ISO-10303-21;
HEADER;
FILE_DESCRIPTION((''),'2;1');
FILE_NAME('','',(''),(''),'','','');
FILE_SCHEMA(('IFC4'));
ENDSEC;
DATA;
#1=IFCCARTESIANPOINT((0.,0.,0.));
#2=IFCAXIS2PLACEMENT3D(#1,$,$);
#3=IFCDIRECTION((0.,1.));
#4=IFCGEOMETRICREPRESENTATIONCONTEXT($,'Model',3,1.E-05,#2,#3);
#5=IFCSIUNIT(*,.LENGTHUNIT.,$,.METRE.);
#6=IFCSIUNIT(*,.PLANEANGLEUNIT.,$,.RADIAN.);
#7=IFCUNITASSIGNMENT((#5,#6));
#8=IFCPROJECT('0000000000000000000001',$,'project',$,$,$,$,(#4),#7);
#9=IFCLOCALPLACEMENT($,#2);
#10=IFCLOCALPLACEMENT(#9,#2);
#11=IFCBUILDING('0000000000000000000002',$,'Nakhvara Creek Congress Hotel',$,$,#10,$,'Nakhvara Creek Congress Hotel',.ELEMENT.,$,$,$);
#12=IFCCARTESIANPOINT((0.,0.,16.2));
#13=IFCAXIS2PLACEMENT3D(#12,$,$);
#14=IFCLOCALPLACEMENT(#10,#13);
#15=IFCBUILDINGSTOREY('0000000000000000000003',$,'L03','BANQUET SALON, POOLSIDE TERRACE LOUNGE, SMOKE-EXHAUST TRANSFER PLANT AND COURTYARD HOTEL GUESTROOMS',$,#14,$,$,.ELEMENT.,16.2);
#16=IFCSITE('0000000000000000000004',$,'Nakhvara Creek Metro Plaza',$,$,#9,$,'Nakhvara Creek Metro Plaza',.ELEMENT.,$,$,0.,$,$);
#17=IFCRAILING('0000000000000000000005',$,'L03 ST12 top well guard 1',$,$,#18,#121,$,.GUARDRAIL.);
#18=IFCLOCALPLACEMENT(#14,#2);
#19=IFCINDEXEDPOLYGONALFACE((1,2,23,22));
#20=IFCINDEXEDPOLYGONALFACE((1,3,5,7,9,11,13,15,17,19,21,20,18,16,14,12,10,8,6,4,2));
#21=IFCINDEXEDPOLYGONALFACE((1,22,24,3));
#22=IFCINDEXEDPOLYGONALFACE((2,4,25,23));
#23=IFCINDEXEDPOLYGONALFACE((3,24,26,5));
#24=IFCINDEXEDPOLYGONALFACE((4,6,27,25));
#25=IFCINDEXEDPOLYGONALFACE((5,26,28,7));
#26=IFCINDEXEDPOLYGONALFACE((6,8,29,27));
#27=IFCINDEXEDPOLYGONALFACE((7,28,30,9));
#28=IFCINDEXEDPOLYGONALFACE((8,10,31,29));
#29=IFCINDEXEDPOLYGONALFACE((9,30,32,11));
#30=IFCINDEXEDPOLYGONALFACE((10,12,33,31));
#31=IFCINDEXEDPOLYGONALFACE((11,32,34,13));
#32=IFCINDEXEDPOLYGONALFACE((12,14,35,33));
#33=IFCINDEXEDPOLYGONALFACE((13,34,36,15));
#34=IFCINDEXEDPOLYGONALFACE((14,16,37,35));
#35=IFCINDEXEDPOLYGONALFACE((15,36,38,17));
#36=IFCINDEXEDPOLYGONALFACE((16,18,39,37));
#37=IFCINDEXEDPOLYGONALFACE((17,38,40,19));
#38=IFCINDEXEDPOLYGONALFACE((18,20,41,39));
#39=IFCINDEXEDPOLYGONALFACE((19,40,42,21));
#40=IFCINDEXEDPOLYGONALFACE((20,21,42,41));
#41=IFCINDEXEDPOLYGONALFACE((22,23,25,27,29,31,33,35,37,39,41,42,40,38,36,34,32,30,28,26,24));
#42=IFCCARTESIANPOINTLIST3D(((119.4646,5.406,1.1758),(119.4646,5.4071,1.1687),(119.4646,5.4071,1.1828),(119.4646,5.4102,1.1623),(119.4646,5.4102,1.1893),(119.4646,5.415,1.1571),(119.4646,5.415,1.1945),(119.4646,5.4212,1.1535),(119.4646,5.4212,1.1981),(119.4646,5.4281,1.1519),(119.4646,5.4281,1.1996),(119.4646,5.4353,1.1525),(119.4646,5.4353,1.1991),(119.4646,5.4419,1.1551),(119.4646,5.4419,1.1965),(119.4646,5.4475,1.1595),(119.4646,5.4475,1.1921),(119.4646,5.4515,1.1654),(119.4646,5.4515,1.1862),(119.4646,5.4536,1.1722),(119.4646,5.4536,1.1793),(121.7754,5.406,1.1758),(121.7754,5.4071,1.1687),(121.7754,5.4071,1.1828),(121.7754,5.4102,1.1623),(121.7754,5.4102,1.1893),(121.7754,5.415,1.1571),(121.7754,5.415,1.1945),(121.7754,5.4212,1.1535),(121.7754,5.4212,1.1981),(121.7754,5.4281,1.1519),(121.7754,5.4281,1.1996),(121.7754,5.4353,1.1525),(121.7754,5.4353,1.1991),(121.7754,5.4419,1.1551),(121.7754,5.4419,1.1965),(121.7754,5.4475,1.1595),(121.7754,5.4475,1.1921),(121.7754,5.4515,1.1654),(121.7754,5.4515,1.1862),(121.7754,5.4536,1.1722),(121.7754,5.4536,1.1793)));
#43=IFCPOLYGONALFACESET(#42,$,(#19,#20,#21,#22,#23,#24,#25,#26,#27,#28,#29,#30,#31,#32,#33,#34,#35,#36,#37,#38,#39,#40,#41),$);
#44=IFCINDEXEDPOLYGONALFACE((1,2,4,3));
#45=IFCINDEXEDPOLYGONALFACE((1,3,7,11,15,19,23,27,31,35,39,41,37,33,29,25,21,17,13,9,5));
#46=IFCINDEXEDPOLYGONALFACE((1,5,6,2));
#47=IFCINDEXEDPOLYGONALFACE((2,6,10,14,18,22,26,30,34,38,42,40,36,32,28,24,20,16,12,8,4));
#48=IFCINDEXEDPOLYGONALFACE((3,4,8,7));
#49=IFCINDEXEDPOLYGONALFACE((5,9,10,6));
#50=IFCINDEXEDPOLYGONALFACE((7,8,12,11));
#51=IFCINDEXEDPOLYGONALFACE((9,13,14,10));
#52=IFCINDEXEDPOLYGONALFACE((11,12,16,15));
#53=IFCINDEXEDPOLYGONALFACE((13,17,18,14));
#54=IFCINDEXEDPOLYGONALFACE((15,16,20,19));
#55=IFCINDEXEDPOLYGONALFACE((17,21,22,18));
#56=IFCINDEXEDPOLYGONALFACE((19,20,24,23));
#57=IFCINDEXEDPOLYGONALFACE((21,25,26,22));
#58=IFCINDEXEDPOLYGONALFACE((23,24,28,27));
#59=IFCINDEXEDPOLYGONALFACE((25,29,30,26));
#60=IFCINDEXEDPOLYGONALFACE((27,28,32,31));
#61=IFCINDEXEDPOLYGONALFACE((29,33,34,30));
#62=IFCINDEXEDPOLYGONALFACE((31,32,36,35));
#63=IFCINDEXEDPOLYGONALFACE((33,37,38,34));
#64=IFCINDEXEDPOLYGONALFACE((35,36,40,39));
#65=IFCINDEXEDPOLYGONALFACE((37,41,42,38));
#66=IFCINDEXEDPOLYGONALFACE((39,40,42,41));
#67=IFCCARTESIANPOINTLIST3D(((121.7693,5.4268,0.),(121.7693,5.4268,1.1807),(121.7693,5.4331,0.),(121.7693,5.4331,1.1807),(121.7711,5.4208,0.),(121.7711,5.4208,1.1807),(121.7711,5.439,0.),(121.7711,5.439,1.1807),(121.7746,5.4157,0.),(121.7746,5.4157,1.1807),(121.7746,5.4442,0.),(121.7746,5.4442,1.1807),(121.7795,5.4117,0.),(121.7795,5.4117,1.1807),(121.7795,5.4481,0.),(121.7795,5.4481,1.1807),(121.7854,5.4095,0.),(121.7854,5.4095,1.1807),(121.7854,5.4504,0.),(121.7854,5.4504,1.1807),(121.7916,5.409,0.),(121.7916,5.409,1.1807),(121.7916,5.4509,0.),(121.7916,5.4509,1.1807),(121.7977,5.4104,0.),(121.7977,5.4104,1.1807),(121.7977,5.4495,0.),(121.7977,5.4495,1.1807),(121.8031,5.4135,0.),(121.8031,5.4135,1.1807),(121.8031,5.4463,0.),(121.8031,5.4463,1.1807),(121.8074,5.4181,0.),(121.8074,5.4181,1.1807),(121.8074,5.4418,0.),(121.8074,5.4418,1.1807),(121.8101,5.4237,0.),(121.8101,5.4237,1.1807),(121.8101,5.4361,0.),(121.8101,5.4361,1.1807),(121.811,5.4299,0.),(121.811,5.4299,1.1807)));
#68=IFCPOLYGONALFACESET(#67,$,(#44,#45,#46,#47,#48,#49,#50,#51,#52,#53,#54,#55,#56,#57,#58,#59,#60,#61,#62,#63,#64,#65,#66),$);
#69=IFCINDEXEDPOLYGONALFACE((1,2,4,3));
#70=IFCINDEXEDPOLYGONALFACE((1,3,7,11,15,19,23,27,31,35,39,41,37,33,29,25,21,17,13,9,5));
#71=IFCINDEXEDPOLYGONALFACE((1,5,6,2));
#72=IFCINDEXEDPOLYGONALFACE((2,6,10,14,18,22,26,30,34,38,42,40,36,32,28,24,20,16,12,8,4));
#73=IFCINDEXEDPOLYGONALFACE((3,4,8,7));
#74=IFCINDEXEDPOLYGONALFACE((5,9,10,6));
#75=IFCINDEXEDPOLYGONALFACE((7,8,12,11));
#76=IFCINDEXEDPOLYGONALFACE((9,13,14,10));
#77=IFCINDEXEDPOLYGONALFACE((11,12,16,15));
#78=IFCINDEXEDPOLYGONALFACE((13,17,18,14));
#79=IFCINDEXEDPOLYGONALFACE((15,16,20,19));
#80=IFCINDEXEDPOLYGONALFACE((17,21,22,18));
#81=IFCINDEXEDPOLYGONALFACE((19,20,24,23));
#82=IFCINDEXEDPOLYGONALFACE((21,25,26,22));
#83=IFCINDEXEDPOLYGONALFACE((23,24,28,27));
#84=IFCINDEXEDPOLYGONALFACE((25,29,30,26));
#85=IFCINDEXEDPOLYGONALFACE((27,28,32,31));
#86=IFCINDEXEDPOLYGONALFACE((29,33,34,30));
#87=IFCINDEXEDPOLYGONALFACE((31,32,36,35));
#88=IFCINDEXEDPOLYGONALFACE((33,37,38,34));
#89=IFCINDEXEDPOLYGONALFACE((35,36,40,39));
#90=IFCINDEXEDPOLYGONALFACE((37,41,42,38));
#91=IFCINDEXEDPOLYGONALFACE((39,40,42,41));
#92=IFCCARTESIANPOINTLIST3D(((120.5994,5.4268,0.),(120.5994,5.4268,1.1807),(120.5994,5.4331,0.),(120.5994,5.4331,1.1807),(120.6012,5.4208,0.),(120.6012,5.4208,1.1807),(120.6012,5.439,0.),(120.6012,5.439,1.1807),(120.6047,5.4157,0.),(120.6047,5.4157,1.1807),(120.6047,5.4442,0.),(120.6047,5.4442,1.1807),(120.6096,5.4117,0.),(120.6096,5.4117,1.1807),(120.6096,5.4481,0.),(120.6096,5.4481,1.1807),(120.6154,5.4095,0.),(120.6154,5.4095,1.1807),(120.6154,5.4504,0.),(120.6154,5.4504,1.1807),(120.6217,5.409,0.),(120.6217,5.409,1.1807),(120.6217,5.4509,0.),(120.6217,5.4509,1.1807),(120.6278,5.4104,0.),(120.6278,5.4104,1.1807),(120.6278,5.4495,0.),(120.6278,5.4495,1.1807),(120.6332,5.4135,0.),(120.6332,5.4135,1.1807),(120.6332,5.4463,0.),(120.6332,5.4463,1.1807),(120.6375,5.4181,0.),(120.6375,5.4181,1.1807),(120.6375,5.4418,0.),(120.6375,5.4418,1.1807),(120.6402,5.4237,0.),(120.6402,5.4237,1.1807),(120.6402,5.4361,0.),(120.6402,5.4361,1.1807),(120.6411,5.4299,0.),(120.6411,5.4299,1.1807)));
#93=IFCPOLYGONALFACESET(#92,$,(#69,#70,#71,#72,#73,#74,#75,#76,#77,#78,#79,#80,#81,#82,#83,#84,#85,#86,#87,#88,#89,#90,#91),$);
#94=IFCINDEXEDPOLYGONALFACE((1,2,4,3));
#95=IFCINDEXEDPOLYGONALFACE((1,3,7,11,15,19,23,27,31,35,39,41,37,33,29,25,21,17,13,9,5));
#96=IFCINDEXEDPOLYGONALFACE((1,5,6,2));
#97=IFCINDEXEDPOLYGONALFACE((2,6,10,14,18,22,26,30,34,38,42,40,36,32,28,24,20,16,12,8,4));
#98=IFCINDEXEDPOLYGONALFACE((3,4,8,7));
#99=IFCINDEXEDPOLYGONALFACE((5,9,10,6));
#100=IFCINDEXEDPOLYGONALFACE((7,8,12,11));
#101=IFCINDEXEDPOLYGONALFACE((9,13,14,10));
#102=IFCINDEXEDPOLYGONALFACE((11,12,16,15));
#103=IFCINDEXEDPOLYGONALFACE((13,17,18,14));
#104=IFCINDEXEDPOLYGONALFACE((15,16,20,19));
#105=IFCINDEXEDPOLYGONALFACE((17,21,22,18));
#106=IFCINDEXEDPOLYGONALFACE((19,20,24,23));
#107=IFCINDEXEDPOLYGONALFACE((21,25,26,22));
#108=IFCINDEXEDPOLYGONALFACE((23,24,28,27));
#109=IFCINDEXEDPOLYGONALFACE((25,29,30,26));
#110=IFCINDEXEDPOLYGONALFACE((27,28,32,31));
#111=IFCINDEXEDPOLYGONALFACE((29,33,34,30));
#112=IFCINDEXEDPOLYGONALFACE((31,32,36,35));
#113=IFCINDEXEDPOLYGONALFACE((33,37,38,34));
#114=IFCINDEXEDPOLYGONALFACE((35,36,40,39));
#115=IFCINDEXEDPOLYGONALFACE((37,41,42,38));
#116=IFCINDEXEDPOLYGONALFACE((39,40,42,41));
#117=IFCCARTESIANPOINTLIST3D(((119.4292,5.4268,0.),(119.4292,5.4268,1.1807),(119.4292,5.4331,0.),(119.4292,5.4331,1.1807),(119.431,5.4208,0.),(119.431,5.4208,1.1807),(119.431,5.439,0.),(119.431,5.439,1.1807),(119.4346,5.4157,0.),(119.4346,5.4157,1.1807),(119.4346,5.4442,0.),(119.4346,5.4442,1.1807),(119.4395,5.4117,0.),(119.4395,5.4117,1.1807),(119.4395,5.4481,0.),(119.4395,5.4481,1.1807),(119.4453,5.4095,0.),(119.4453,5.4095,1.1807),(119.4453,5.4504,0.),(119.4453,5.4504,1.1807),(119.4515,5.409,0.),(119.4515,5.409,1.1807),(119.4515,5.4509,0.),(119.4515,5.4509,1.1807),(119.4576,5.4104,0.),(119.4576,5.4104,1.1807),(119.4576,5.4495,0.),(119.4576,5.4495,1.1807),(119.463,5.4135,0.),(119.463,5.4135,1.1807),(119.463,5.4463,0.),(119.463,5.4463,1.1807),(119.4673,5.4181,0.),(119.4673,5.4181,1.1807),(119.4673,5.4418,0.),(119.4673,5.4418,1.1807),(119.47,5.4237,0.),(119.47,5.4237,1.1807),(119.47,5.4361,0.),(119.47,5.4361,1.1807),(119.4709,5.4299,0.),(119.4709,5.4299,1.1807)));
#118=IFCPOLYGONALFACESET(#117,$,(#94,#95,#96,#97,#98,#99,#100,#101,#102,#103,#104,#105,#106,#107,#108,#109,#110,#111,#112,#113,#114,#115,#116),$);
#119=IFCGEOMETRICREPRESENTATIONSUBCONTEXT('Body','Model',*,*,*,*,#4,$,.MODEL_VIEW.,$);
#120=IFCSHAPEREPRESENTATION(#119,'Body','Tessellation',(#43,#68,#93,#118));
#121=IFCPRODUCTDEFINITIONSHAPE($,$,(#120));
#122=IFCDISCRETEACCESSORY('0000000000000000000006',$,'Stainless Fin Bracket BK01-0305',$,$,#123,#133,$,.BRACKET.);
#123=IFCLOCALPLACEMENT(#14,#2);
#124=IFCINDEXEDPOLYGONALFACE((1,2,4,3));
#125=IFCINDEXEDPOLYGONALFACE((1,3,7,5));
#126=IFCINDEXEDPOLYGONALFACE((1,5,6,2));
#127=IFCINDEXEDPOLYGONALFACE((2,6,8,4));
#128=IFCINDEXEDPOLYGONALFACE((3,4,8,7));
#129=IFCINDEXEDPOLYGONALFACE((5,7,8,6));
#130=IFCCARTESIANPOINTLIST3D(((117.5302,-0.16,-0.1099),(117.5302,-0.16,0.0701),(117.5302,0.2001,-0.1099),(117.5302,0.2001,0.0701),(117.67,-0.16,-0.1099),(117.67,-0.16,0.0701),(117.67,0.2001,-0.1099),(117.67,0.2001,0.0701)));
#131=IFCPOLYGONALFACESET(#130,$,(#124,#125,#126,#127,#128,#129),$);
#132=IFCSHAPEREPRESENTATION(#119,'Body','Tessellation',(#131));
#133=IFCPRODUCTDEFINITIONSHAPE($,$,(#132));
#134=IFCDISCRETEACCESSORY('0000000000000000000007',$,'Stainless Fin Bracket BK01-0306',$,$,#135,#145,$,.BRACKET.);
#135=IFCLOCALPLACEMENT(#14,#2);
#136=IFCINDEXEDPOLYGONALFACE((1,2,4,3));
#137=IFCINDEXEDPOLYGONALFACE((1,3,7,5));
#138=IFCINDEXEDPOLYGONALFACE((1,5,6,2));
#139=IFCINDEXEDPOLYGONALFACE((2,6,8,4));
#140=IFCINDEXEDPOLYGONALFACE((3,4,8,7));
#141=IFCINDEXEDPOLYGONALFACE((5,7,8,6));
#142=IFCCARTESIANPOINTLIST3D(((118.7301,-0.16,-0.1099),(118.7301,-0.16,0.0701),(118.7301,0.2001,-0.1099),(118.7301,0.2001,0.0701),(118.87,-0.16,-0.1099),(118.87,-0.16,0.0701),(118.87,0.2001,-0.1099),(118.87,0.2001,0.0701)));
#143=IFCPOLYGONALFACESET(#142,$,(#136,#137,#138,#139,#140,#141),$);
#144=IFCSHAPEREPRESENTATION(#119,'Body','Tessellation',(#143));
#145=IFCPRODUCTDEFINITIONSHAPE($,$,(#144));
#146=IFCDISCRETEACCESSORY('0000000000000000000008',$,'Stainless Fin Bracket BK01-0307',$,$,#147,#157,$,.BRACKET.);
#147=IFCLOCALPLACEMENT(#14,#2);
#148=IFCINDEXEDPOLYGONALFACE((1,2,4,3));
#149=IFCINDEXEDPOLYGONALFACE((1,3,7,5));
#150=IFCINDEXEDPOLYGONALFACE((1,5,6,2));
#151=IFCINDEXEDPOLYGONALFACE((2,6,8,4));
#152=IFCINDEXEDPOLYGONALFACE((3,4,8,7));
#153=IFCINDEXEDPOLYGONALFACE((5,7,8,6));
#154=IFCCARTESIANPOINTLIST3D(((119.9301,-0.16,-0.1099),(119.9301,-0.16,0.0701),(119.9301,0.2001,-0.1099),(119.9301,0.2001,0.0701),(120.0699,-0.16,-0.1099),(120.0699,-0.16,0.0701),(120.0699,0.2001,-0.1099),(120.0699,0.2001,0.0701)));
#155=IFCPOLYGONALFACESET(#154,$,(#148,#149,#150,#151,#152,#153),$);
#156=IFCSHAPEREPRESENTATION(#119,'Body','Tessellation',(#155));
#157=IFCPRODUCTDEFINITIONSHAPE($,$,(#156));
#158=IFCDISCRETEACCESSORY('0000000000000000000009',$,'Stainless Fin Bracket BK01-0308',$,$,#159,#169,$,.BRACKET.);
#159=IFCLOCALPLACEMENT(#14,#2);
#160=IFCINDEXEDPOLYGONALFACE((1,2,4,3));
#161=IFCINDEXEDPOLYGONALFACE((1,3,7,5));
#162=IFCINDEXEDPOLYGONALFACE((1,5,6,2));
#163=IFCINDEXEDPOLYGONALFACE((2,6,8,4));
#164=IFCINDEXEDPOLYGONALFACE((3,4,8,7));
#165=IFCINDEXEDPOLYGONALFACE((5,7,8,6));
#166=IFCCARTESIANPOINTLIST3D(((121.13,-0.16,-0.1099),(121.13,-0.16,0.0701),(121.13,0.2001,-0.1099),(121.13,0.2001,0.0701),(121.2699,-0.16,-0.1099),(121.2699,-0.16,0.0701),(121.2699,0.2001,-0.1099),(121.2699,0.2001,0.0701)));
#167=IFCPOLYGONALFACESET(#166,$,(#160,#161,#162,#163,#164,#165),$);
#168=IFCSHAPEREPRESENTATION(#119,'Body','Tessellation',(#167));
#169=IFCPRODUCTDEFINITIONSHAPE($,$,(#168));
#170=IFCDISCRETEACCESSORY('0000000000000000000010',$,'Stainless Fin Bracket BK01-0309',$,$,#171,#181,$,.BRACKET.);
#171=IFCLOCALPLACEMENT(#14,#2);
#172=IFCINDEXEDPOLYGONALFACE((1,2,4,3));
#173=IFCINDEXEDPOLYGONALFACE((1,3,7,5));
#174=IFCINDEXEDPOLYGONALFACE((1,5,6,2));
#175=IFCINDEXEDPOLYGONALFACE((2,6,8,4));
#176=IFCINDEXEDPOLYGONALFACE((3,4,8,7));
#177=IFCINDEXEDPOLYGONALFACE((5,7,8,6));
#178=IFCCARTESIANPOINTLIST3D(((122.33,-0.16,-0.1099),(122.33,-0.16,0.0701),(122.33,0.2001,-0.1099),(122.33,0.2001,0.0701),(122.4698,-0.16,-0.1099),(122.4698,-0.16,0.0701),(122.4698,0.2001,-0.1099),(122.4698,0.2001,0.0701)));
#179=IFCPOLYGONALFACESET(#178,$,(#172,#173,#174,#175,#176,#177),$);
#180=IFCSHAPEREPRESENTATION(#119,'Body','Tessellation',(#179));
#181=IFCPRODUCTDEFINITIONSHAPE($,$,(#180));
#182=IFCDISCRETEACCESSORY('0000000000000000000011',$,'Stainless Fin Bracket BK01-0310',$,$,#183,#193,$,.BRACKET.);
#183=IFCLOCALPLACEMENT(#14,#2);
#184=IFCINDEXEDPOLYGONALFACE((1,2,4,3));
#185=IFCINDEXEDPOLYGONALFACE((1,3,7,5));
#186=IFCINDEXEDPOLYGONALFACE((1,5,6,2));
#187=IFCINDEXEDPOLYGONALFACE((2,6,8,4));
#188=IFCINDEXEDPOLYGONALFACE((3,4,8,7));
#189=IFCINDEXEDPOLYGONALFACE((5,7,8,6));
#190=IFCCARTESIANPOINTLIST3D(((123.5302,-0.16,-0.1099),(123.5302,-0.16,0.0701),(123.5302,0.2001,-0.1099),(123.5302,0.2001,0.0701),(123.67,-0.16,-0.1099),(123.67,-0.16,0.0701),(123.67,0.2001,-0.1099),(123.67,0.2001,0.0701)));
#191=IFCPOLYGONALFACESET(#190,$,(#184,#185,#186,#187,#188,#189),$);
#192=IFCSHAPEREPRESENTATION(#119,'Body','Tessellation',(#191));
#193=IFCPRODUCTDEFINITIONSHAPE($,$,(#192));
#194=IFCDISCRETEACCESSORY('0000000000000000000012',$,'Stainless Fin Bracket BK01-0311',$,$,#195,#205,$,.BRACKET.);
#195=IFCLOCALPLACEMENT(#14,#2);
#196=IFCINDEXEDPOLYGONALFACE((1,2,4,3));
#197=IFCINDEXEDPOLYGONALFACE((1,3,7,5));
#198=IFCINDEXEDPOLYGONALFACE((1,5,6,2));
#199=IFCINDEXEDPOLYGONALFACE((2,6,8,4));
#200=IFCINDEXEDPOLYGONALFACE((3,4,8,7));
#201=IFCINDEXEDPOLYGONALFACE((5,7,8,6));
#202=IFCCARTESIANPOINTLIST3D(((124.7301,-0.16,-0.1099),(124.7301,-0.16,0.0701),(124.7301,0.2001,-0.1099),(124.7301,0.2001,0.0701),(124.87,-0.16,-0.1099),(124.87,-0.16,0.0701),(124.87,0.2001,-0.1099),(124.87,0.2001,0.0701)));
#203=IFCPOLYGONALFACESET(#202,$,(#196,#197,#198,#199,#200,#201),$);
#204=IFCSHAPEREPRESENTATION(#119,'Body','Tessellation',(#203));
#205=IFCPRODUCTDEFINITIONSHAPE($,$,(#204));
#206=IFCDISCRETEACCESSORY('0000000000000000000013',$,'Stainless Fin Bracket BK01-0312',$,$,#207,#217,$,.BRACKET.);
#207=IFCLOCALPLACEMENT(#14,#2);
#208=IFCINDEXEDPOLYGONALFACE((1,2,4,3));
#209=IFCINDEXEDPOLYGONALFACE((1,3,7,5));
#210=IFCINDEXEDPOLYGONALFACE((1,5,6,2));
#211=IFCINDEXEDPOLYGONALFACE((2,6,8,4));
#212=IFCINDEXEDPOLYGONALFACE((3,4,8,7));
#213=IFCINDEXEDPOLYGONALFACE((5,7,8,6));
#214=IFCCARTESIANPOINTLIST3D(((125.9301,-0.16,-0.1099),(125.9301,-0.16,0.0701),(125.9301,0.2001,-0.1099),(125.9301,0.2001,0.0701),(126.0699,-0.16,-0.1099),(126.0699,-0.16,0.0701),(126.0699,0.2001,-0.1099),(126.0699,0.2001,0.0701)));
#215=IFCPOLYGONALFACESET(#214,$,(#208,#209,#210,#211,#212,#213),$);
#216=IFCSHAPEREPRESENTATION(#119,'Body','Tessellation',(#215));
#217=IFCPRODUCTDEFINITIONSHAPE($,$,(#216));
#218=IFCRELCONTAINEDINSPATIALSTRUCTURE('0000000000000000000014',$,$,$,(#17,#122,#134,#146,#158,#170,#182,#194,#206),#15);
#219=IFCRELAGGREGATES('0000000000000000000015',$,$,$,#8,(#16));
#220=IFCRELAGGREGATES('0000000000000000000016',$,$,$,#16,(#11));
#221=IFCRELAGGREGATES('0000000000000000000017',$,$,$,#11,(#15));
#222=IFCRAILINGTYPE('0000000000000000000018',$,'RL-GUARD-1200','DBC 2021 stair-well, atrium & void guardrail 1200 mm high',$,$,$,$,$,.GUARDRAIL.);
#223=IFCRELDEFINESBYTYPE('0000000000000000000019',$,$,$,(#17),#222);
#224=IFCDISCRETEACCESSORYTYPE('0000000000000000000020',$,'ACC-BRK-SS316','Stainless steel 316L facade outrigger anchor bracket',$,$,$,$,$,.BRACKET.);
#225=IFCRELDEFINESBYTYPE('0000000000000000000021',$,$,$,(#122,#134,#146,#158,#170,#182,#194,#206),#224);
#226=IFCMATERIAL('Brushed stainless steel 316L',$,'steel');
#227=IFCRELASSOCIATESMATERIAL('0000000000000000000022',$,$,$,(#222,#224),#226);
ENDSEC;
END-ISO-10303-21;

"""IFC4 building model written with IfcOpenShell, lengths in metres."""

from ifc_helpers import new_model, si_unit, direction, frame, origin, origin_2d, place, context, subcontext, project, spatial, rectangle, circle, extrude, material, type_object, element, save


model = new_model("IFC4")

# Units and contexts
model_context = context("Model", 3, precision=1e-05, world=origin(), true_north=direction((0.0, 1.0)))
body_context = subcontext(model_context, "Body", "Model", "MODEL_VIEW")
ifc_project = project(units=[si_unit("LENGTHUNIT", "METRE"), si_unit("PLANEANGLEUNIT", "RADIAN")], contexts=[model_context])

# Site, building, storey
site_placement = place(None, origin())
site = spatial("IfcSite", under=ifc_project, at=site_placement, Name="Nakhvara Creek Metro Plaza", LongName="Nakhvara Creek Metro Plaza", CompositionType="ELEMENT", RefElevation=0.0)
building_placement = place(site_placement, origin())
building = spatial("IfcBuilding", under=site, at=building_placement, Name="Nakhvara Creek Congress Hotel", LongName="Nakhvara Creek Congress Hotel", CompositionType="ELEMENT")
storey_placement = place(building_placement, frame((0.0, 0.0, 16.2)))
storey = spatial("IfcBuildingStorey", under=building, at=storey_placement, Name="L03", Description="BANQUET SALON, POOLSIDE TERRACE LOUNGE, SMOKE-EXHAUST TRANSFER PLANT AND COURTYARD HOTEL GUESTROOMS", CompositionType="ELEMENT", Elevation=16.2)

# Railing
ifc_material_1 = material(Name="Brushed stainless steel 316L", Category="steel")
railing_type = type_object("IfcRailingType", Name="RL-GUARD-1200", Description="DBC 2021 stair-well, atrium & void guardrail 1200 mm high", PredefinedType="GUARDRAIL", material=ifc_material_1)
railing_placement = place(storey_placement, frame((121.79, 5.4299, 0.0)))
element("IfcRailing", 1, at=railing_placement, inside=storey, type_object=railing_type, Name="L03 ST12 top well guard 1", PredefinedType="GUARDRAIL", context=body_context, shape_type="SweptSolid", body=[
    extrude(circle(Radius=0.0239, at=origin_2d()), frame((-0.0146, 0.0, 1.1758), z_axis=(-1.0, 0.0, 0.0), x_axis=(0.0, -1.0, 0.0)), (0.0, 0.0, 1.0), 2.3108),
    extrude(circle(Radius=0.021, at=origin_2d()), origin(), (0.0, 0.0, 1.0), 1.1807),
    extrude(circle(Radius=0.021, at=origin_2d()), frame((-1.1699, 0.0, 0.0)), (0.0, 0.0, 1.0), 1.1807),
    extrude(circle(Radius=0.021, at=origin_2d()), frame((-2.3401, 0.0, 0.0)), (0.0, 0.0, 1.0), 1.1807),
])

# Discrete accessories
discrete_accessory_type = type_object("IfcDiscreteAccessoryType", Name="ACC-BRK-SS316", Description="Stainless steel 316L facade outrigger anchor bracket", PredefinedType="BRACKET", material=ifc_material_1)
for number, where, z_axis, x_axis, name in (
    (2, (117.6001, 0.02, -0.1099), (0.0, 0.0, 1.0), (1.0, 0.0, 0.0), "Stainless Fin Bracket BK01-0305"),
    (3, (118.8, 0.02, -0.1099), (0.0, 0.0, 1.0), (1.0, 0.0, 0.0), "Stainless Fin Bracket BK01-0306"),
    (4, (120.0, 0.02, -0.1099), (0.0, 0.0, 1.0), (1.0, 0.0, 0.0), "Stainless Fin Bracket BK01-0307"),
    (5, (121.2, 0.02, -0.1099), (0.0, 0.0, 1.0), (1.0, 0.0, 0.0), "Stainless Fin Bracket BK01-0308"),
    (6, (122.3999, 0.02, -0.1099), (0.0, 0.0, 1.0), (1.0, 0.0, 0.0), "Stainless Fin Bracket BK01-0309"),
    (7, (123.6001, 0.02, -0.1099), (0.0, 0.0, 1.0), (1.0, 0.0, 0.0), "Stainless Fin Bracket BK01-0310"),
    (8, (124.8, 0.02, -0.1099), (0.0, 0.0, 1.0), (1.0, 0.0, 0.0), "Stainless Fin Bracket BK01-0311"),
    (9, (126.0, 0.02, -0.1099), (0.0, 0.0, 1.0), (1.0, 0.0, 0.0), "Stainless Fin Bracket BK01-0312"),
):
    element("IfcDiscreteAccessory", number, at=place(storey_placement, frame(where, z_axis=z_axis, x_axis=x_axis)), inside=storey, type_object=discrete_accessory_type, Name=name, PredefinedType="BRACKET", context=body_context, shape_type="SweptSolid", body=[
        extrude(rectangle(XDim=0.1399, YDim=0.3601, at=origin_2d()), origin(), (0.0, 0.0, 1.0), 0.1799),
    ])

save(model, "model.ifc")
